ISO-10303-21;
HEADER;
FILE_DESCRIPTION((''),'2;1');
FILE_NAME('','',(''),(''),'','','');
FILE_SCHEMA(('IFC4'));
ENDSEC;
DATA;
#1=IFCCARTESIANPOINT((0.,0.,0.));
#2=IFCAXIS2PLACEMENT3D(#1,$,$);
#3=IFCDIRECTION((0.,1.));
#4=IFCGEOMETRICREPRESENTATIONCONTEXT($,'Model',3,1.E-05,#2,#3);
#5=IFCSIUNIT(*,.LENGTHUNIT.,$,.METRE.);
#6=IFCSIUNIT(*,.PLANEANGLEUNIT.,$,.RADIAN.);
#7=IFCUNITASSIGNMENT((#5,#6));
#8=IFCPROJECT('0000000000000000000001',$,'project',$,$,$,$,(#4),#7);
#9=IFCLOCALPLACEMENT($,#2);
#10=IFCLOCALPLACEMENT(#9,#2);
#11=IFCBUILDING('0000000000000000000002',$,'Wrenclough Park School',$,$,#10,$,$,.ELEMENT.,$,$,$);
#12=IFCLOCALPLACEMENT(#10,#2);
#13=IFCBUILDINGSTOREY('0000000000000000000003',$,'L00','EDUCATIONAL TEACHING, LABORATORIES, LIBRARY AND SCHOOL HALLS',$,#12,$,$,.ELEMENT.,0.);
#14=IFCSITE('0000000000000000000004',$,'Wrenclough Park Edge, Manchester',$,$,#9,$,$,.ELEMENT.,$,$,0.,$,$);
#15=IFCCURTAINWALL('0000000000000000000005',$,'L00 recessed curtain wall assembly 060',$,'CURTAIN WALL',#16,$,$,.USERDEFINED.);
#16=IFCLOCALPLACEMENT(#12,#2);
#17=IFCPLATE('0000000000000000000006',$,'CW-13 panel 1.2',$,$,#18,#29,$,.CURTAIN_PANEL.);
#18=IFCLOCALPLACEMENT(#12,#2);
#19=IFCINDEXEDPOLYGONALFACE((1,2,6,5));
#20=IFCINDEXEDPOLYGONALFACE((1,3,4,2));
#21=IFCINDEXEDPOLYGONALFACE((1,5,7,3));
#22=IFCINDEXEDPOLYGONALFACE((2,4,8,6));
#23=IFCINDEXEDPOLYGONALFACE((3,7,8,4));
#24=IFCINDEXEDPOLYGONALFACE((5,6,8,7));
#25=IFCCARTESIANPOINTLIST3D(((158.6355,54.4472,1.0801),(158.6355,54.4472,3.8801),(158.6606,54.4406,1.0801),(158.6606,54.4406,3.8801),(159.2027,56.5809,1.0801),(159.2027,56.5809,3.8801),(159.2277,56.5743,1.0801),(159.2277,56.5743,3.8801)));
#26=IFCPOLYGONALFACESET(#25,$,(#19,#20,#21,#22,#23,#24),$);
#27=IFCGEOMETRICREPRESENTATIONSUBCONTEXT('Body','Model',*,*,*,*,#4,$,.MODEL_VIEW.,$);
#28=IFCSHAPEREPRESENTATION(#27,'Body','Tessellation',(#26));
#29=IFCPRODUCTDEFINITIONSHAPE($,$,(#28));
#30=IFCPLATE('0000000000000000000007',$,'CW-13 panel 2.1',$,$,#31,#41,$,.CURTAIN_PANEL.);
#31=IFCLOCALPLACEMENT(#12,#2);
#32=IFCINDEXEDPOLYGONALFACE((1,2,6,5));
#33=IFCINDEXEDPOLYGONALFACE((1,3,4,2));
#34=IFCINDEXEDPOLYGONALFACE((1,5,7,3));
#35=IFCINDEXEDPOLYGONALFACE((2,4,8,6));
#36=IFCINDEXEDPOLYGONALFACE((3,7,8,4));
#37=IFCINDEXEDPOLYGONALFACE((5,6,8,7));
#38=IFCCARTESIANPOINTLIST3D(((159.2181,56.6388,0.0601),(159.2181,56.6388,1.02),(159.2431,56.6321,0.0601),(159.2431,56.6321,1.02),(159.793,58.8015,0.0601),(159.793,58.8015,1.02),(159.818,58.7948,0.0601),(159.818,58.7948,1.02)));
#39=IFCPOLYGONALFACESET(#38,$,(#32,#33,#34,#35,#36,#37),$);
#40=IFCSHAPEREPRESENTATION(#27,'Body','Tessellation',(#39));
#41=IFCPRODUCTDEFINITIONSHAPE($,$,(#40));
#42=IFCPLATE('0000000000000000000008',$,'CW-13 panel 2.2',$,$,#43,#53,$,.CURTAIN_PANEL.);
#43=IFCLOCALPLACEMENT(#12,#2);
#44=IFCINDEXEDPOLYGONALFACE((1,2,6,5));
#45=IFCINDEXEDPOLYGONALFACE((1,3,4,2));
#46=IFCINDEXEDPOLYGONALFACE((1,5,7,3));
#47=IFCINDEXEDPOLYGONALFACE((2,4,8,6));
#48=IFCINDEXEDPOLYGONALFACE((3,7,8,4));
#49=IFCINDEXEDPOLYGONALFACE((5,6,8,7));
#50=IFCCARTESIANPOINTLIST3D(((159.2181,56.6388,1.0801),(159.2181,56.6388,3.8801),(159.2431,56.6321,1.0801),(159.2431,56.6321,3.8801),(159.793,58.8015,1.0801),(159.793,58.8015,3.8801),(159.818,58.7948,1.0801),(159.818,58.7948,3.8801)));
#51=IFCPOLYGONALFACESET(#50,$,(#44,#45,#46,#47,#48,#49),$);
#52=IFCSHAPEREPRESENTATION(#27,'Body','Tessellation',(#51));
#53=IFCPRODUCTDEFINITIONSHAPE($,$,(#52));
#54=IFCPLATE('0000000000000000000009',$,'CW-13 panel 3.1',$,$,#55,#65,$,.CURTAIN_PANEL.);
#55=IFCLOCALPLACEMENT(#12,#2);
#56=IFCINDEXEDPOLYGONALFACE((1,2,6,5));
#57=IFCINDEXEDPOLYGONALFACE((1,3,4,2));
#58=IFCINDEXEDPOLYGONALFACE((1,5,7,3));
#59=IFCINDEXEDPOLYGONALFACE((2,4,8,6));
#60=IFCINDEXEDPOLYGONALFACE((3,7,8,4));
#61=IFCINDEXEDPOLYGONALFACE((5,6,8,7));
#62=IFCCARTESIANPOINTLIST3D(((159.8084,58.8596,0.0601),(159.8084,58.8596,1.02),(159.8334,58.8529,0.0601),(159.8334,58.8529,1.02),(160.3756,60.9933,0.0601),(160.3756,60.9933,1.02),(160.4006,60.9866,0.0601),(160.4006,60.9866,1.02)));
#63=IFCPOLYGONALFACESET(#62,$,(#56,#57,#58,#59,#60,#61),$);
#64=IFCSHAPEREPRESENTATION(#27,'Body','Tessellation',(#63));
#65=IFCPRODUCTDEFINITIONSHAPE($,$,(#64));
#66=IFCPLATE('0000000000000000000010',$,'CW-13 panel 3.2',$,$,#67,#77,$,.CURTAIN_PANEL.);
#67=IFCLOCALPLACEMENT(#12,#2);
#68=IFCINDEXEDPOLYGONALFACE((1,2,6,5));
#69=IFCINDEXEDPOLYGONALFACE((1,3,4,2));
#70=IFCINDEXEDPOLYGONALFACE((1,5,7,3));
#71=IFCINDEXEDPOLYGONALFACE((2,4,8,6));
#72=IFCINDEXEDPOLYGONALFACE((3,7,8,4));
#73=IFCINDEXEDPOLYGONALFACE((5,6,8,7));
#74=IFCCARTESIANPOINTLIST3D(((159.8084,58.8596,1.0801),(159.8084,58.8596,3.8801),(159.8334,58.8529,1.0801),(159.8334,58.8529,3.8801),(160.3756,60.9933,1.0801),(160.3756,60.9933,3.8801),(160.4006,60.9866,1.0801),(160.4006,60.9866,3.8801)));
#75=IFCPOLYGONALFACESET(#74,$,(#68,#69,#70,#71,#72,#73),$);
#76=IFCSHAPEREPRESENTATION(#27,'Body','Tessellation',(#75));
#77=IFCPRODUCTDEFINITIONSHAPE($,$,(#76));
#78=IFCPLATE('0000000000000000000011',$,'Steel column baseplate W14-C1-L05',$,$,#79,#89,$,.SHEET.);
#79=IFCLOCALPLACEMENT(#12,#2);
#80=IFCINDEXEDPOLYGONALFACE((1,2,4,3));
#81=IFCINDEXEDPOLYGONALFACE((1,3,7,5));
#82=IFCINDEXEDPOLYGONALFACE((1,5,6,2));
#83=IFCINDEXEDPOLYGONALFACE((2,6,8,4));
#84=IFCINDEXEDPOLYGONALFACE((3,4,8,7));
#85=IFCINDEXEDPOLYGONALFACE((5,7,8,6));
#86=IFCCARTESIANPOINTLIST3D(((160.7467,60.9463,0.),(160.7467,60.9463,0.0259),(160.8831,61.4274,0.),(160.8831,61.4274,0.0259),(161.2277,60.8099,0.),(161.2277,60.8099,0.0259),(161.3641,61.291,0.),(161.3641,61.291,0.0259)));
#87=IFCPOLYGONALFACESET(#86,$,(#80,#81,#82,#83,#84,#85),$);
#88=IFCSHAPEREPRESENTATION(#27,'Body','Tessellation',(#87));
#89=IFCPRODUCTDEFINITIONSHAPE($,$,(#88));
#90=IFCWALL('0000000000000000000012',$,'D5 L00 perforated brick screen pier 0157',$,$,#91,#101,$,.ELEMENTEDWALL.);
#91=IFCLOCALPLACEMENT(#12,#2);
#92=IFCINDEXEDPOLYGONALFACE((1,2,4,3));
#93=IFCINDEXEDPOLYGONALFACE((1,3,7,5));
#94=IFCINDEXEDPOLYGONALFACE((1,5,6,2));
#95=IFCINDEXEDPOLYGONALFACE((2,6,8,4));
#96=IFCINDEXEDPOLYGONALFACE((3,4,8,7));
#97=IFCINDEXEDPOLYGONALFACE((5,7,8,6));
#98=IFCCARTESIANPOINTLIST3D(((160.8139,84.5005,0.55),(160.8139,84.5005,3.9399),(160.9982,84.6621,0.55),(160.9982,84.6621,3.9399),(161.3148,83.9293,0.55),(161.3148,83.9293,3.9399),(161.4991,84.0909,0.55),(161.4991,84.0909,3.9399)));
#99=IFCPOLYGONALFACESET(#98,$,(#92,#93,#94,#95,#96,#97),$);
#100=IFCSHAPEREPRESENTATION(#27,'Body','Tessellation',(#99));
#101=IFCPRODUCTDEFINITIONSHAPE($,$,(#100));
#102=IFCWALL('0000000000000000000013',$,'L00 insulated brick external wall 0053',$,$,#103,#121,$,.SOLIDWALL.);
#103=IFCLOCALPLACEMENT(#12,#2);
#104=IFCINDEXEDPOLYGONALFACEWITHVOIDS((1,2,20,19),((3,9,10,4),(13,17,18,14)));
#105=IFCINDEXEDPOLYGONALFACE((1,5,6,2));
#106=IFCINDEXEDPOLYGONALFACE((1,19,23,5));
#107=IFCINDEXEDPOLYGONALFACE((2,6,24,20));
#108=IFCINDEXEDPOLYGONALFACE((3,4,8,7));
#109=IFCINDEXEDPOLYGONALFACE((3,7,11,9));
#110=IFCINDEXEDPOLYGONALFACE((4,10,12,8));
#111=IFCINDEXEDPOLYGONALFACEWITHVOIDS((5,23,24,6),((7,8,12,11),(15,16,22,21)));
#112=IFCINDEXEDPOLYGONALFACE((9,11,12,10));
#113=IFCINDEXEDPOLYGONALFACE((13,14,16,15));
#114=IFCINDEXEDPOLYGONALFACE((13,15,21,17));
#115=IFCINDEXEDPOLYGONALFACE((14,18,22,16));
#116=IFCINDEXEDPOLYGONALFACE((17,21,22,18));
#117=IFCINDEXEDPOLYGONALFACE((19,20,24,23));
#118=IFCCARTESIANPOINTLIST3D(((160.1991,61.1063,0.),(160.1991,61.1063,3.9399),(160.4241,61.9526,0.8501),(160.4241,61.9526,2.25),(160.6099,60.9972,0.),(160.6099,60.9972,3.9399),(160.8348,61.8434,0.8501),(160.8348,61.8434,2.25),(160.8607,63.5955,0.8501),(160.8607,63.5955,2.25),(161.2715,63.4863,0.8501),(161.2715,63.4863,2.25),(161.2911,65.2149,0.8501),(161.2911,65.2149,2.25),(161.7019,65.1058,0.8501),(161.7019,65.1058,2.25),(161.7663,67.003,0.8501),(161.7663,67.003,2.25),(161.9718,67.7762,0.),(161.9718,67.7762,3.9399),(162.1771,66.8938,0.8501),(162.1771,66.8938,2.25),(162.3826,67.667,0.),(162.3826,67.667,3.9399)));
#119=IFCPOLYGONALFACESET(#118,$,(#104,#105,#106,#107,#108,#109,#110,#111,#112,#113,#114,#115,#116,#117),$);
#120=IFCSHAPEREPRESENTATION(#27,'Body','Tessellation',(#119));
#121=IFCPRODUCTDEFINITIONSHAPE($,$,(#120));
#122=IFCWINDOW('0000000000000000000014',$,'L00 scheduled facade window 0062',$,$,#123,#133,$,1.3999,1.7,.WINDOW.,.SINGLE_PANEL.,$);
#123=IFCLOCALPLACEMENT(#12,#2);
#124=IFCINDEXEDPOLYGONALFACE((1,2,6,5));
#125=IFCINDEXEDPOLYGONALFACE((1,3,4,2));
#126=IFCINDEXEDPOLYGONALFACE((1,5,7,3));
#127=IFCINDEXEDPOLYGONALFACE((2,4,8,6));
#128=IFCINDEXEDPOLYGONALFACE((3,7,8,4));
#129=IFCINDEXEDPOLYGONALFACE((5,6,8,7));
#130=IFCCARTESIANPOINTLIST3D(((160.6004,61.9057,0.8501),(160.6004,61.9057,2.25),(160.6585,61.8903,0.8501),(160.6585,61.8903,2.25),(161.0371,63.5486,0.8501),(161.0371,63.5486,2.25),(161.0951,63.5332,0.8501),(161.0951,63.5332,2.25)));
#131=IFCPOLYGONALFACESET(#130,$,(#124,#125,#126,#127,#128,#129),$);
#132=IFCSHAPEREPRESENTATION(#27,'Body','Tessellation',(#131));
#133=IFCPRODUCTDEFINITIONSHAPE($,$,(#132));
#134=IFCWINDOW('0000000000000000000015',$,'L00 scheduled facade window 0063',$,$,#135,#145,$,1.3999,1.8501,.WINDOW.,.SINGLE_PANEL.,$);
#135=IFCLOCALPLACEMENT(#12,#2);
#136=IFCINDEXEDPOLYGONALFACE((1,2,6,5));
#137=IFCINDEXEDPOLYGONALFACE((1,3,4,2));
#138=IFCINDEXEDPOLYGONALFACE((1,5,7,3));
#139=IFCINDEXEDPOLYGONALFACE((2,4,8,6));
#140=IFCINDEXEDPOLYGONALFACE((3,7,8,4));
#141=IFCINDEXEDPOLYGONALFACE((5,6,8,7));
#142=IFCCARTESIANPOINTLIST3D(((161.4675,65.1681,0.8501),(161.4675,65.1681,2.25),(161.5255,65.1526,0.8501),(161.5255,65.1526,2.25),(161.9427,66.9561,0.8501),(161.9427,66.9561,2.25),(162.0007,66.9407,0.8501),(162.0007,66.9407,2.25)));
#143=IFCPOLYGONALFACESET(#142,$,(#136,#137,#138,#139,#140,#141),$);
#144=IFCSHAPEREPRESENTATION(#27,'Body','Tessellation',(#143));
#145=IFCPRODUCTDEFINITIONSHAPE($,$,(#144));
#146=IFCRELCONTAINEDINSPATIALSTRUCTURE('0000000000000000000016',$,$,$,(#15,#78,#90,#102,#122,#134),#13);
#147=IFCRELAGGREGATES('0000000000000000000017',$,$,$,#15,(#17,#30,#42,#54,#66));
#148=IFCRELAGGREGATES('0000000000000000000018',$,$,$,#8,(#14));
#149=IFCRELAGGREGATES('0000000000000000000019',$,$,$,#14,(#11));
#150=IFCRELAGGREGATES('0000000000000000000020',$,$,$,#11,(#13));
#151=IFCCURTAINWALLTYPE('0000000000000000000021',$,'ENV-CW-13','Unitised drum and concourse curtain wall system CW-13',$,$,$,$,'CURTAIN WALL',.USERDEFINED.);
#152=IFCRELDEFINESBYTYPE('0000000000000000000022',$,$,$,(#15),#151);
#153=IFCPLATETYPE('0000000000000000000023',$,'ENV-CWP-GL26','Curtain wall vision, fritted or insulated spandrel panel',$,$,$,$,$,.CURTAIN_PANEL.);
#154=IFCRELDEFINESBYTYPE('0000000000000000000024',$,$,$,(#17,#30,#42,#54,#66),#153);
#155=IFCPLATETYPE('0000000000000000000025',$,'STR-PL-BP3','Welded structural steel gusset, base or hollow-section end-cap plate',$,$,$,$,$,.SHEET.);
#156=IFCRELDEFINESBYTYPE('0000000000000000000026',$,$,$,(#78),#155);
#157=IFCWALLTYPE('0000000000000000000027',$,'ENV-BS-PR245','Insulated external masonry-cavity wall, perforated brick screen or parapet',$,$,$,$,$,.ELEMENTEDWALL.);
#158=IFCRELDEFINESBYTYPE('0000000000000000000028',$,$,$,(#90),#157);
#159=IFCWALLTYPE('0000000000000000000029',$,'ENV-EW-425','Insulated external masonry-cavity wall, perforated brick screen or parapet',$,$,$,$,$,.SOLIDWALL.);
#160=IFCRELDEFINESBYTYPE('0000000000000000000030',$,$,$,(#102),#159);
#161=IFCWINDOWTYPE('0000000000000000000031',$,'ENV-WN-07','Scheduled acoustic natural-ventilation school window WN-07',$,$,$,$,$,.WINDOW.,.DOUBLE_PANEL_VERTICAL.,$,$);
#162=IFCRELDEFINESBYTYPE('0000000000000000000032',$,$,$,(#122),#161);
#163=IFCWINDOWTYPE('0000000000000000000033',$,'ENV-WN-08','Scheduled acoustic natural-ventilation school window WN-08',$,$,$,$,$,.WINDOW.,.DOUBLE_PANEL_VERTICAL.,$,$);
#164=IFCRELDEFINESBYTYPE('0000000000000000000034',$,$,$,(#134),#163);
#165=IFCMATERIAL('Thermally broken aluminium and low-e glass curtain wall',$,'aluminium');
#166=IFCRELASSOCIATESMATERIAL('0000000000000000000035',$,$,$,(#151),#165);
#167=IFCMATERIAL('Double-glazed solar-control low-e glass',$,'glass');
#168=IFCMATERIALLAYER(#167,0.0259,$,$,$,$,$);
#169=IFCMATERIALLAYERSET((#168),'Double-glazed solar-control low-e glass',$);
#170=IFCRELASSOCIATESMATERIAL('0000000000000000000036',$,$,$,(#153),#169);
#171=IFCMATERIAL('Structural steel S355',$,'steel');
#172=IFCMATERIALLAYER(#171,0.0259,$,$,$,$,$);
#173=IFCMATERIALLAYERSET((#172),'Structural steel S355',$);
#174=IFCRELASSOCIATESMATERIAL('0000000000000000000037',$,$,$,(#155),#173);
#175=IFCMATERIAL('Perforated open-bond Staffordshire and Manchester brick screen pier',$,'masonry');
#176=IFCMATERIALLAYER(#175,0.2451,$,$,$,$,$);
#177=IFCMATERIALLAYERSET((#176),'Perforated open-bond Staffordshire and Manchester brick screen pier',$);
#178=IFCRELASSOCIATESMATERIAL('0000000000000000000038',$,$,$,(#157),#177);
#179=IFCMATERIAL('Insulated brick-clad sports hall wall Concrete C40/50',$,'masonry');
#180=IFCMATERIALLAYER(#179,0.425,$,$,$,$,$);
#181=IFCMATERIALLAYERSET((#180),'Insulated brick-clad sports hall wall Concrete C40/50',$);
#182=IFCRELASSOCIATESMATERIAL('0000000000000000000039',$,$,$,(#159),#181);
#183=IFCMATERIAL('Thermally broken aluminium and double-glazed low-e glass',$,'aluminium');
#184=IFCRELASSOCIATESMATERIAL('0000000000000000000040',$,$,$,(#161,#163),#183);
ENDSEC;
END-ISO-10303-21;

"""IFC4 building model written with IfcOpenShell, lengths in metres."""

from ifc_helpers import new_model, si_unit, direction, frame, frame_2d, origin, origin_2d, place, context, subcontext, project, spatial, rectangle, extrude, material, layer, layer_set, type_object, element, fill, aggregate, save


model = new_model("IFC4")

# Units and contexts
model_context = context("Model", 3, precision=1e-05, world=origin(), true_north=direction((0.0, 1.0)))
body_context = subcontext(model_context, "Body", "Model", "MODEL_VIEW")
ifc_project = project(units=[si_unit("LENGTHUNIT", "METRE"), si_unit("PLANEANGLEUNIT", "RADIAN")], contexts=[model_context])

# Site, building, storey
site_placement = place(None, origin())
site = spatial("IfcSite", under=ifc_project, at=site_placement, Name="Wrenclough Park Edge, Manchester", CompositionType="ELEMENT", RefElevation=0.0)
building_placement = place(site_placement, origin())
building = spatial("IfcBuilding", under=site, at=building_placement, Name="Wrenclough Park School", CompositionType="ELEMENT")
storey_placement = place(building_placement, origin())
storey = spatial("IfcBuildingStorey", under=building, at=storey_placement, Name="L00", Description="EDUCATIONAL TEACHING, LABORATORIES, LIBRARY AND SCHOOL HALLS", CompositionType="ELEMENT", Elevation=0.0)

# Shared definitions
ifc_material_1 = material(Name="Structural steel S355", Category="steel")

# Curtain wall
ifc_material_2 = material(Name="Thermally broken aluminium and low-e glass curtain wall", Category="aluminium")
curtain_wall_type = type_object("IfcCurtainWallType", Name="ENV-CW-13", Description="Unitised drum and concourse curtain wall system CW-13", ElementType="CURTAIN WALL", PredefinedType="USERDEFINED", material=ifc_material_2)
curtain_wall_placement = place(storey_placement, origin())
curtain_wall = element("IfcCurtainWall", 1, at=curtain_wall_placement, inside=storey, type_object=curtain_wall_type, Name="L00 recessed curtain wall assembly 060", ObjectType="CURTAIN WALL", PredefinedType="USERDEFINED")

# Plates
ifc_material_3 = material(Name="Double-glazed solar-control low-e glass", Category="glass")
ifc_layer_1 = layer(ifc_material_3, 0.0259)
ifc_layer_set_1 = layer_set([ifc_layer_1], Name="Double-glazed solar-control low-e glass")
plate_type_1 = type_object("IfcPlateType", Name="ENV-CWP-GL26", Description="Curtain wall vision, fritted or insulated spandrel panel", PredefinedType="CURTAIN_PANEL", material=ifc_layer_set_1)
plate_1_placement = place(storey_placement, frame((158.9316, 55.5107, 1.0801), z_axis=(0.0, 0.0, 1.0), x_axis=(0.2569, 0.966438, 0.0)))
plate_1 = element("IfcPlate", 2, at=plate_1_placement, type_object=plate_type_1, Name="CW-13 panel 1.2", PredefinedType="CURTAIN_PANEL", context=body_context, shape_type="SweptSolid", body=[
    extrude(rectangle(XDim=2.2078, YDim=0.0259, at=origin_2d()), origin(), (0.0, 0.0, 1.0), 2.8),
])
plate_2_placement = place(storey_placement, frame((159.5181, 57.7168, 0.0601), z_axis=(0.0, 0.0, 1.0), x_axis=(0.2569, 0.966438, 0.0)))
plate_2 = element("IfcPlate", 3, at=plate_2_placement, type_object=plate_type_1, Name="CW-13 panel 2.1", PredefinedType="CURTAIN_PANEL", context=body_context, shape_type="SweptSolid", body=[
    extrude(rectangle(XDim=2.2378, YDim=0.0259, at=origin_2d()), origin(), (0.0, 0.0, 1.0), 0.96),
])
plate_3_placement = place(storey_placement, frame((159.5181, 57.7168, 1.0801), z_axis=(0.0, 0.0, 1.0), x_axis=(0.2569, 0.966438, 0.0)))
plate_3 = element("IfcPlate", 4, at=plate_3_placement, type_object=plate_type_1, Name="CW-13 panel 2.2", PredefinedType="CURTAIN_PANEL", context=body_context, shape_type="SweptSolid", body=[
    extrude(rectangle(XDim=2.2378, YDim=0.0259, at=origin_2d()), origin(), (0.0, 0.0, 1.0), 2.8),
])
plate_4_placement = place(storey_placement, frame((160.1045, 59.9231, 0.0601), z_axis=(0.0, 0.0, 1.0), x_axis=(0.2569, 0.966438, 0.0)))
plate_4 = element("IfcPlate", 5, at=plate_4_placement, type_object=plate_type_1, Name="CW-13 panel 3.1", PredefinedType="CURTAIN_PANEL", context=body_context, shape_type="SweptSolid", body=[
    extrude(rectangle(XDim=2.2078, YDim=0.0259, at=origin_2d()), origin(), (0.0, 0.0, 1.0), 0.96),
])
plate_5_placement = place(storey_placement, frame((160.1045, 59.9231, 1.0801), z_axis=(0.0, 0.0, 1.0), x_axis=(0.2569, 0.966438, 0.0)))
plate_5 = element("IfcPlate", 6, at=plate_5_placement, type_object=plate_type_1, Name="CW-13 panel 3.2", PredefinedType="CURTAIN_PANEL", context=body_context, shape_type="SweptSolid", body=[
    extrude(rectangle(XDim=2.2078, YDim=0.0259, at=origin_2d()), origin(), (0.0, 0.0, 1.0), 2.8),
])
aggregate(curtain_wall, [plate_1, plate_2, plate_3, plate_4, plate_5])
ifc_layer_2 = layer(ifc_material_1, 0.0259)
ifc_layer_set_2 = layer_set([ifc_layer_2], Name="Structural steel S355")
plate_type_2 = type_object("IfcPlateType", Name="STR-PL-BP3", Description="Welded structural steel gusset, base or hollow-section end-cap plate", PredefinedType="SHEET", material=ifc_layer_set_2)
plate_6_placement = place(storey_placement, frame((161.0554, 61.1187, 0.0), z_axis=(0.0, 0.0, 1.0), x_axis=(0.272784, 0.962075, 0.0)))
element("IfcPlate", 7, at=plate_6_placement, inside=storey, type_object=plate_type_2, Name="Steel column baseplate W14-C1-L05", PredefinedType="SHEET", context=body_context, shape_type="SweptSolid", body=[
    extrude(rectangle(XDim=0.5, YDim=0.5, at=origin_2d()), origin(), (0.0, 0.0, 1.0), 0.0259),
])

# Wall
ifc_material_4 = material(Name="Perforated open-bond Staffordshire and Manchester brick screen pier", Category="masonry")
ifc_layer_3 = layer(ifc_material_4, 0.2451)
ifc_layer_set_3 = layer_set([ifc_layer_3], Name="Perforated open-bond Staffordshire and Manchester brick screen pier")
wall_type_1 = type_object("IfcWallType", Name="ENV-BS-PR245", Description="Insulated external masonry-cavity wall, perforated brick screen or parapet", PredefinedType="ELEMENTEDWALL", material=ifc_layer_set_3)
wall_1_placement = place(storey_placement, frame((160.906, 84.5813, 0.55), z_axis=(0.0, 0.0, 1.0), x_axis=(0.659323, -0.75186, 0.0)))
element("IfcWall", 8, at=wall_1_placement, inside=storey, type_object=wall_type_1, Name="D5 L00 perforated brick screen pier 0157", PredefinedType="ELEMENTEDWALL", context=body_context, shape_type="SweptSolid", body=[
    extrude(rectangle(XDim=0.7598, YDim=0.2451, at=frame_2d((0.3799, 0.0))), origin(), (0.0, 0.0, 1.0), 3.3899),
])

# Wall, openings, windows
ifc_material_5 = material(Name="Insulated brick-clad sports hall wall Concrete C40/50", Category="masonry")
ifc_layer_4 = layer(ifc_material_5, 0.425)
ifc_layer_set_4 = layer_set([ifc_layer_4], Name="Insulated brick-clad sports hall wall Concrete C40/50")
wall_type_2 = type_object("IfcWallType", Name="ENV-EW-425", Description="Insulated external masonry-cavity wall, perforated brick screen or parapet", PredefinedType="SOLIDWALL", material=ifc_layer_set_4)
wall_2_placement = place(storey_placement, frame((160.4045, 61.0518, 0.0), z_axis=(0.0, 0.0, 1.0), x_axis=(0.256859, 0.966449, 0.0)))
wall_2 = element("IfcWall", 9, at=wall_2_placement, inside=storey, type_object=wall_type_2, Name="L00 insulated brick external wall 0053", PredefinedType="SOLIDWALL", context=body_context, shape_type="SweptSolid", body=[
    extrude(rectangle(XDim=6.9014, YDim=0.425, at=frame_2d((3.4507, 0.0))), origin(), (0.0, 0.0, 1.0), 3.9399),
])
opening_1_placement = place(wall_2_placement, frame((0.8755, 0.0, 0.8501)))
opening_1 = element("IfcOpeningElement", 10, at=opening_1_placement, cuts=wall_2, PredefinedType="OPENING", context=body_context, shape_type="SweptSolid", body=[
    extrude(rectangle(XDim=1.7, YDim=1.3999, at=frame_2d((0.8501, 0.7))), frame((0.0, 0.2224, 0.0), z_axis=(0.0, -1.0, 0.0), x_axis=(1.0, 0.0, 0.0)), (0.0, 0.0, 1.0), 0.4451),
])
opening_2_placement = place(wall_2_placement, frame((4.2512, 0.0, 0.8501)))
opening_2 = element("IfcOpeningElement", 11, at=opening_2_placement, cuts=wall_2, PredefinedType="OPENING", context=body_context, shape_type="SweptSolid", body=[
    extrude(rectangle(XDim=1.8501, YDim=1.3999, at=frame_2d((0.925, 0.7))), frame((0.0, 0.2224, 0.0), z_axis=(0.0, -1.0, 0.0), x_axis=(1.0, 0.0, 0.0)), (0.0, 0.0, 1.0), 0.4451),
])
ifc_material_6 = material(Name="Thermally broken aluminium and double-glazed low-e glass", Category="aluminium")
window_type_1 = type_object("IfcWindowType", Name="ENV-WN-07", Description="Scheduled acoustic natural-ventilation school window WN-07", PartitioningType="DOUBLE_PANEL_VERTICAL", PredefinedType="WINDOW", material=ifc_material_6)
window_1_placement = place(opening_1_placement, origin())
window_1 = element("IfcWindow", 12, at=window_1_placement, inside=storey, type_object=window_type_1, Name="L00 scheduled facade window 0062", OverallHeight=1.3999, OverallWidth=1.7, PartitioningType="SINGLE_PANEL", PredefinedType="WINDOW", context=body_context, shape_type="SweptSolid", body=[
    extrude(rectangle(XDim=1.7, YDim=1.3999, at=frame_2d((0.8501, 0.7))), frame((0.0, 0.03, 0.0), z_axis=(0.0, -1.0, 0.0), x_axis=(1.0, 0.0, 0.0)), (0.0, 0.0, 1.0), 0.0601),
])
fill(opening_1, window_1)
window_type_2 = type_object("IfcWindowType", Name="ENV-WN-08", Description="Scheduled acoustic natural-ventilation school window WN-08", PartitioningType="DOUBLE_PANEL_VERTICAL", PredefinedType="WINDOW", material=ifc_material_6)
window_2_placement = place(opening_2_placement, origin())
window_2 = element("IfcWindow", 13, at=window_2_placement, inside=storey, type_object=window_type_2, Name="L00 scheduled facade window 0063", OverallHeight=1.3999, OverallWidth=1.8501, PartitioningType="SINGLE_PANEL", PredefinedType="WINDOW", context=body_context, shape_type="SweptSolid", body=[
    extrude(rectangle(XDim=1.8501, YDim=1.3999, at=frame_2d((0.925, 0.7))), frame((0.0, 0.03, 0.0), z_axis=(0.0, -1.0, 0.0), x_axis=(1.0, 0.0, 0.0)), (0.0, 0.0, 1.0), 0.0601),
])
fill(opening_2, window_2)

save(model, "model.ifc")
